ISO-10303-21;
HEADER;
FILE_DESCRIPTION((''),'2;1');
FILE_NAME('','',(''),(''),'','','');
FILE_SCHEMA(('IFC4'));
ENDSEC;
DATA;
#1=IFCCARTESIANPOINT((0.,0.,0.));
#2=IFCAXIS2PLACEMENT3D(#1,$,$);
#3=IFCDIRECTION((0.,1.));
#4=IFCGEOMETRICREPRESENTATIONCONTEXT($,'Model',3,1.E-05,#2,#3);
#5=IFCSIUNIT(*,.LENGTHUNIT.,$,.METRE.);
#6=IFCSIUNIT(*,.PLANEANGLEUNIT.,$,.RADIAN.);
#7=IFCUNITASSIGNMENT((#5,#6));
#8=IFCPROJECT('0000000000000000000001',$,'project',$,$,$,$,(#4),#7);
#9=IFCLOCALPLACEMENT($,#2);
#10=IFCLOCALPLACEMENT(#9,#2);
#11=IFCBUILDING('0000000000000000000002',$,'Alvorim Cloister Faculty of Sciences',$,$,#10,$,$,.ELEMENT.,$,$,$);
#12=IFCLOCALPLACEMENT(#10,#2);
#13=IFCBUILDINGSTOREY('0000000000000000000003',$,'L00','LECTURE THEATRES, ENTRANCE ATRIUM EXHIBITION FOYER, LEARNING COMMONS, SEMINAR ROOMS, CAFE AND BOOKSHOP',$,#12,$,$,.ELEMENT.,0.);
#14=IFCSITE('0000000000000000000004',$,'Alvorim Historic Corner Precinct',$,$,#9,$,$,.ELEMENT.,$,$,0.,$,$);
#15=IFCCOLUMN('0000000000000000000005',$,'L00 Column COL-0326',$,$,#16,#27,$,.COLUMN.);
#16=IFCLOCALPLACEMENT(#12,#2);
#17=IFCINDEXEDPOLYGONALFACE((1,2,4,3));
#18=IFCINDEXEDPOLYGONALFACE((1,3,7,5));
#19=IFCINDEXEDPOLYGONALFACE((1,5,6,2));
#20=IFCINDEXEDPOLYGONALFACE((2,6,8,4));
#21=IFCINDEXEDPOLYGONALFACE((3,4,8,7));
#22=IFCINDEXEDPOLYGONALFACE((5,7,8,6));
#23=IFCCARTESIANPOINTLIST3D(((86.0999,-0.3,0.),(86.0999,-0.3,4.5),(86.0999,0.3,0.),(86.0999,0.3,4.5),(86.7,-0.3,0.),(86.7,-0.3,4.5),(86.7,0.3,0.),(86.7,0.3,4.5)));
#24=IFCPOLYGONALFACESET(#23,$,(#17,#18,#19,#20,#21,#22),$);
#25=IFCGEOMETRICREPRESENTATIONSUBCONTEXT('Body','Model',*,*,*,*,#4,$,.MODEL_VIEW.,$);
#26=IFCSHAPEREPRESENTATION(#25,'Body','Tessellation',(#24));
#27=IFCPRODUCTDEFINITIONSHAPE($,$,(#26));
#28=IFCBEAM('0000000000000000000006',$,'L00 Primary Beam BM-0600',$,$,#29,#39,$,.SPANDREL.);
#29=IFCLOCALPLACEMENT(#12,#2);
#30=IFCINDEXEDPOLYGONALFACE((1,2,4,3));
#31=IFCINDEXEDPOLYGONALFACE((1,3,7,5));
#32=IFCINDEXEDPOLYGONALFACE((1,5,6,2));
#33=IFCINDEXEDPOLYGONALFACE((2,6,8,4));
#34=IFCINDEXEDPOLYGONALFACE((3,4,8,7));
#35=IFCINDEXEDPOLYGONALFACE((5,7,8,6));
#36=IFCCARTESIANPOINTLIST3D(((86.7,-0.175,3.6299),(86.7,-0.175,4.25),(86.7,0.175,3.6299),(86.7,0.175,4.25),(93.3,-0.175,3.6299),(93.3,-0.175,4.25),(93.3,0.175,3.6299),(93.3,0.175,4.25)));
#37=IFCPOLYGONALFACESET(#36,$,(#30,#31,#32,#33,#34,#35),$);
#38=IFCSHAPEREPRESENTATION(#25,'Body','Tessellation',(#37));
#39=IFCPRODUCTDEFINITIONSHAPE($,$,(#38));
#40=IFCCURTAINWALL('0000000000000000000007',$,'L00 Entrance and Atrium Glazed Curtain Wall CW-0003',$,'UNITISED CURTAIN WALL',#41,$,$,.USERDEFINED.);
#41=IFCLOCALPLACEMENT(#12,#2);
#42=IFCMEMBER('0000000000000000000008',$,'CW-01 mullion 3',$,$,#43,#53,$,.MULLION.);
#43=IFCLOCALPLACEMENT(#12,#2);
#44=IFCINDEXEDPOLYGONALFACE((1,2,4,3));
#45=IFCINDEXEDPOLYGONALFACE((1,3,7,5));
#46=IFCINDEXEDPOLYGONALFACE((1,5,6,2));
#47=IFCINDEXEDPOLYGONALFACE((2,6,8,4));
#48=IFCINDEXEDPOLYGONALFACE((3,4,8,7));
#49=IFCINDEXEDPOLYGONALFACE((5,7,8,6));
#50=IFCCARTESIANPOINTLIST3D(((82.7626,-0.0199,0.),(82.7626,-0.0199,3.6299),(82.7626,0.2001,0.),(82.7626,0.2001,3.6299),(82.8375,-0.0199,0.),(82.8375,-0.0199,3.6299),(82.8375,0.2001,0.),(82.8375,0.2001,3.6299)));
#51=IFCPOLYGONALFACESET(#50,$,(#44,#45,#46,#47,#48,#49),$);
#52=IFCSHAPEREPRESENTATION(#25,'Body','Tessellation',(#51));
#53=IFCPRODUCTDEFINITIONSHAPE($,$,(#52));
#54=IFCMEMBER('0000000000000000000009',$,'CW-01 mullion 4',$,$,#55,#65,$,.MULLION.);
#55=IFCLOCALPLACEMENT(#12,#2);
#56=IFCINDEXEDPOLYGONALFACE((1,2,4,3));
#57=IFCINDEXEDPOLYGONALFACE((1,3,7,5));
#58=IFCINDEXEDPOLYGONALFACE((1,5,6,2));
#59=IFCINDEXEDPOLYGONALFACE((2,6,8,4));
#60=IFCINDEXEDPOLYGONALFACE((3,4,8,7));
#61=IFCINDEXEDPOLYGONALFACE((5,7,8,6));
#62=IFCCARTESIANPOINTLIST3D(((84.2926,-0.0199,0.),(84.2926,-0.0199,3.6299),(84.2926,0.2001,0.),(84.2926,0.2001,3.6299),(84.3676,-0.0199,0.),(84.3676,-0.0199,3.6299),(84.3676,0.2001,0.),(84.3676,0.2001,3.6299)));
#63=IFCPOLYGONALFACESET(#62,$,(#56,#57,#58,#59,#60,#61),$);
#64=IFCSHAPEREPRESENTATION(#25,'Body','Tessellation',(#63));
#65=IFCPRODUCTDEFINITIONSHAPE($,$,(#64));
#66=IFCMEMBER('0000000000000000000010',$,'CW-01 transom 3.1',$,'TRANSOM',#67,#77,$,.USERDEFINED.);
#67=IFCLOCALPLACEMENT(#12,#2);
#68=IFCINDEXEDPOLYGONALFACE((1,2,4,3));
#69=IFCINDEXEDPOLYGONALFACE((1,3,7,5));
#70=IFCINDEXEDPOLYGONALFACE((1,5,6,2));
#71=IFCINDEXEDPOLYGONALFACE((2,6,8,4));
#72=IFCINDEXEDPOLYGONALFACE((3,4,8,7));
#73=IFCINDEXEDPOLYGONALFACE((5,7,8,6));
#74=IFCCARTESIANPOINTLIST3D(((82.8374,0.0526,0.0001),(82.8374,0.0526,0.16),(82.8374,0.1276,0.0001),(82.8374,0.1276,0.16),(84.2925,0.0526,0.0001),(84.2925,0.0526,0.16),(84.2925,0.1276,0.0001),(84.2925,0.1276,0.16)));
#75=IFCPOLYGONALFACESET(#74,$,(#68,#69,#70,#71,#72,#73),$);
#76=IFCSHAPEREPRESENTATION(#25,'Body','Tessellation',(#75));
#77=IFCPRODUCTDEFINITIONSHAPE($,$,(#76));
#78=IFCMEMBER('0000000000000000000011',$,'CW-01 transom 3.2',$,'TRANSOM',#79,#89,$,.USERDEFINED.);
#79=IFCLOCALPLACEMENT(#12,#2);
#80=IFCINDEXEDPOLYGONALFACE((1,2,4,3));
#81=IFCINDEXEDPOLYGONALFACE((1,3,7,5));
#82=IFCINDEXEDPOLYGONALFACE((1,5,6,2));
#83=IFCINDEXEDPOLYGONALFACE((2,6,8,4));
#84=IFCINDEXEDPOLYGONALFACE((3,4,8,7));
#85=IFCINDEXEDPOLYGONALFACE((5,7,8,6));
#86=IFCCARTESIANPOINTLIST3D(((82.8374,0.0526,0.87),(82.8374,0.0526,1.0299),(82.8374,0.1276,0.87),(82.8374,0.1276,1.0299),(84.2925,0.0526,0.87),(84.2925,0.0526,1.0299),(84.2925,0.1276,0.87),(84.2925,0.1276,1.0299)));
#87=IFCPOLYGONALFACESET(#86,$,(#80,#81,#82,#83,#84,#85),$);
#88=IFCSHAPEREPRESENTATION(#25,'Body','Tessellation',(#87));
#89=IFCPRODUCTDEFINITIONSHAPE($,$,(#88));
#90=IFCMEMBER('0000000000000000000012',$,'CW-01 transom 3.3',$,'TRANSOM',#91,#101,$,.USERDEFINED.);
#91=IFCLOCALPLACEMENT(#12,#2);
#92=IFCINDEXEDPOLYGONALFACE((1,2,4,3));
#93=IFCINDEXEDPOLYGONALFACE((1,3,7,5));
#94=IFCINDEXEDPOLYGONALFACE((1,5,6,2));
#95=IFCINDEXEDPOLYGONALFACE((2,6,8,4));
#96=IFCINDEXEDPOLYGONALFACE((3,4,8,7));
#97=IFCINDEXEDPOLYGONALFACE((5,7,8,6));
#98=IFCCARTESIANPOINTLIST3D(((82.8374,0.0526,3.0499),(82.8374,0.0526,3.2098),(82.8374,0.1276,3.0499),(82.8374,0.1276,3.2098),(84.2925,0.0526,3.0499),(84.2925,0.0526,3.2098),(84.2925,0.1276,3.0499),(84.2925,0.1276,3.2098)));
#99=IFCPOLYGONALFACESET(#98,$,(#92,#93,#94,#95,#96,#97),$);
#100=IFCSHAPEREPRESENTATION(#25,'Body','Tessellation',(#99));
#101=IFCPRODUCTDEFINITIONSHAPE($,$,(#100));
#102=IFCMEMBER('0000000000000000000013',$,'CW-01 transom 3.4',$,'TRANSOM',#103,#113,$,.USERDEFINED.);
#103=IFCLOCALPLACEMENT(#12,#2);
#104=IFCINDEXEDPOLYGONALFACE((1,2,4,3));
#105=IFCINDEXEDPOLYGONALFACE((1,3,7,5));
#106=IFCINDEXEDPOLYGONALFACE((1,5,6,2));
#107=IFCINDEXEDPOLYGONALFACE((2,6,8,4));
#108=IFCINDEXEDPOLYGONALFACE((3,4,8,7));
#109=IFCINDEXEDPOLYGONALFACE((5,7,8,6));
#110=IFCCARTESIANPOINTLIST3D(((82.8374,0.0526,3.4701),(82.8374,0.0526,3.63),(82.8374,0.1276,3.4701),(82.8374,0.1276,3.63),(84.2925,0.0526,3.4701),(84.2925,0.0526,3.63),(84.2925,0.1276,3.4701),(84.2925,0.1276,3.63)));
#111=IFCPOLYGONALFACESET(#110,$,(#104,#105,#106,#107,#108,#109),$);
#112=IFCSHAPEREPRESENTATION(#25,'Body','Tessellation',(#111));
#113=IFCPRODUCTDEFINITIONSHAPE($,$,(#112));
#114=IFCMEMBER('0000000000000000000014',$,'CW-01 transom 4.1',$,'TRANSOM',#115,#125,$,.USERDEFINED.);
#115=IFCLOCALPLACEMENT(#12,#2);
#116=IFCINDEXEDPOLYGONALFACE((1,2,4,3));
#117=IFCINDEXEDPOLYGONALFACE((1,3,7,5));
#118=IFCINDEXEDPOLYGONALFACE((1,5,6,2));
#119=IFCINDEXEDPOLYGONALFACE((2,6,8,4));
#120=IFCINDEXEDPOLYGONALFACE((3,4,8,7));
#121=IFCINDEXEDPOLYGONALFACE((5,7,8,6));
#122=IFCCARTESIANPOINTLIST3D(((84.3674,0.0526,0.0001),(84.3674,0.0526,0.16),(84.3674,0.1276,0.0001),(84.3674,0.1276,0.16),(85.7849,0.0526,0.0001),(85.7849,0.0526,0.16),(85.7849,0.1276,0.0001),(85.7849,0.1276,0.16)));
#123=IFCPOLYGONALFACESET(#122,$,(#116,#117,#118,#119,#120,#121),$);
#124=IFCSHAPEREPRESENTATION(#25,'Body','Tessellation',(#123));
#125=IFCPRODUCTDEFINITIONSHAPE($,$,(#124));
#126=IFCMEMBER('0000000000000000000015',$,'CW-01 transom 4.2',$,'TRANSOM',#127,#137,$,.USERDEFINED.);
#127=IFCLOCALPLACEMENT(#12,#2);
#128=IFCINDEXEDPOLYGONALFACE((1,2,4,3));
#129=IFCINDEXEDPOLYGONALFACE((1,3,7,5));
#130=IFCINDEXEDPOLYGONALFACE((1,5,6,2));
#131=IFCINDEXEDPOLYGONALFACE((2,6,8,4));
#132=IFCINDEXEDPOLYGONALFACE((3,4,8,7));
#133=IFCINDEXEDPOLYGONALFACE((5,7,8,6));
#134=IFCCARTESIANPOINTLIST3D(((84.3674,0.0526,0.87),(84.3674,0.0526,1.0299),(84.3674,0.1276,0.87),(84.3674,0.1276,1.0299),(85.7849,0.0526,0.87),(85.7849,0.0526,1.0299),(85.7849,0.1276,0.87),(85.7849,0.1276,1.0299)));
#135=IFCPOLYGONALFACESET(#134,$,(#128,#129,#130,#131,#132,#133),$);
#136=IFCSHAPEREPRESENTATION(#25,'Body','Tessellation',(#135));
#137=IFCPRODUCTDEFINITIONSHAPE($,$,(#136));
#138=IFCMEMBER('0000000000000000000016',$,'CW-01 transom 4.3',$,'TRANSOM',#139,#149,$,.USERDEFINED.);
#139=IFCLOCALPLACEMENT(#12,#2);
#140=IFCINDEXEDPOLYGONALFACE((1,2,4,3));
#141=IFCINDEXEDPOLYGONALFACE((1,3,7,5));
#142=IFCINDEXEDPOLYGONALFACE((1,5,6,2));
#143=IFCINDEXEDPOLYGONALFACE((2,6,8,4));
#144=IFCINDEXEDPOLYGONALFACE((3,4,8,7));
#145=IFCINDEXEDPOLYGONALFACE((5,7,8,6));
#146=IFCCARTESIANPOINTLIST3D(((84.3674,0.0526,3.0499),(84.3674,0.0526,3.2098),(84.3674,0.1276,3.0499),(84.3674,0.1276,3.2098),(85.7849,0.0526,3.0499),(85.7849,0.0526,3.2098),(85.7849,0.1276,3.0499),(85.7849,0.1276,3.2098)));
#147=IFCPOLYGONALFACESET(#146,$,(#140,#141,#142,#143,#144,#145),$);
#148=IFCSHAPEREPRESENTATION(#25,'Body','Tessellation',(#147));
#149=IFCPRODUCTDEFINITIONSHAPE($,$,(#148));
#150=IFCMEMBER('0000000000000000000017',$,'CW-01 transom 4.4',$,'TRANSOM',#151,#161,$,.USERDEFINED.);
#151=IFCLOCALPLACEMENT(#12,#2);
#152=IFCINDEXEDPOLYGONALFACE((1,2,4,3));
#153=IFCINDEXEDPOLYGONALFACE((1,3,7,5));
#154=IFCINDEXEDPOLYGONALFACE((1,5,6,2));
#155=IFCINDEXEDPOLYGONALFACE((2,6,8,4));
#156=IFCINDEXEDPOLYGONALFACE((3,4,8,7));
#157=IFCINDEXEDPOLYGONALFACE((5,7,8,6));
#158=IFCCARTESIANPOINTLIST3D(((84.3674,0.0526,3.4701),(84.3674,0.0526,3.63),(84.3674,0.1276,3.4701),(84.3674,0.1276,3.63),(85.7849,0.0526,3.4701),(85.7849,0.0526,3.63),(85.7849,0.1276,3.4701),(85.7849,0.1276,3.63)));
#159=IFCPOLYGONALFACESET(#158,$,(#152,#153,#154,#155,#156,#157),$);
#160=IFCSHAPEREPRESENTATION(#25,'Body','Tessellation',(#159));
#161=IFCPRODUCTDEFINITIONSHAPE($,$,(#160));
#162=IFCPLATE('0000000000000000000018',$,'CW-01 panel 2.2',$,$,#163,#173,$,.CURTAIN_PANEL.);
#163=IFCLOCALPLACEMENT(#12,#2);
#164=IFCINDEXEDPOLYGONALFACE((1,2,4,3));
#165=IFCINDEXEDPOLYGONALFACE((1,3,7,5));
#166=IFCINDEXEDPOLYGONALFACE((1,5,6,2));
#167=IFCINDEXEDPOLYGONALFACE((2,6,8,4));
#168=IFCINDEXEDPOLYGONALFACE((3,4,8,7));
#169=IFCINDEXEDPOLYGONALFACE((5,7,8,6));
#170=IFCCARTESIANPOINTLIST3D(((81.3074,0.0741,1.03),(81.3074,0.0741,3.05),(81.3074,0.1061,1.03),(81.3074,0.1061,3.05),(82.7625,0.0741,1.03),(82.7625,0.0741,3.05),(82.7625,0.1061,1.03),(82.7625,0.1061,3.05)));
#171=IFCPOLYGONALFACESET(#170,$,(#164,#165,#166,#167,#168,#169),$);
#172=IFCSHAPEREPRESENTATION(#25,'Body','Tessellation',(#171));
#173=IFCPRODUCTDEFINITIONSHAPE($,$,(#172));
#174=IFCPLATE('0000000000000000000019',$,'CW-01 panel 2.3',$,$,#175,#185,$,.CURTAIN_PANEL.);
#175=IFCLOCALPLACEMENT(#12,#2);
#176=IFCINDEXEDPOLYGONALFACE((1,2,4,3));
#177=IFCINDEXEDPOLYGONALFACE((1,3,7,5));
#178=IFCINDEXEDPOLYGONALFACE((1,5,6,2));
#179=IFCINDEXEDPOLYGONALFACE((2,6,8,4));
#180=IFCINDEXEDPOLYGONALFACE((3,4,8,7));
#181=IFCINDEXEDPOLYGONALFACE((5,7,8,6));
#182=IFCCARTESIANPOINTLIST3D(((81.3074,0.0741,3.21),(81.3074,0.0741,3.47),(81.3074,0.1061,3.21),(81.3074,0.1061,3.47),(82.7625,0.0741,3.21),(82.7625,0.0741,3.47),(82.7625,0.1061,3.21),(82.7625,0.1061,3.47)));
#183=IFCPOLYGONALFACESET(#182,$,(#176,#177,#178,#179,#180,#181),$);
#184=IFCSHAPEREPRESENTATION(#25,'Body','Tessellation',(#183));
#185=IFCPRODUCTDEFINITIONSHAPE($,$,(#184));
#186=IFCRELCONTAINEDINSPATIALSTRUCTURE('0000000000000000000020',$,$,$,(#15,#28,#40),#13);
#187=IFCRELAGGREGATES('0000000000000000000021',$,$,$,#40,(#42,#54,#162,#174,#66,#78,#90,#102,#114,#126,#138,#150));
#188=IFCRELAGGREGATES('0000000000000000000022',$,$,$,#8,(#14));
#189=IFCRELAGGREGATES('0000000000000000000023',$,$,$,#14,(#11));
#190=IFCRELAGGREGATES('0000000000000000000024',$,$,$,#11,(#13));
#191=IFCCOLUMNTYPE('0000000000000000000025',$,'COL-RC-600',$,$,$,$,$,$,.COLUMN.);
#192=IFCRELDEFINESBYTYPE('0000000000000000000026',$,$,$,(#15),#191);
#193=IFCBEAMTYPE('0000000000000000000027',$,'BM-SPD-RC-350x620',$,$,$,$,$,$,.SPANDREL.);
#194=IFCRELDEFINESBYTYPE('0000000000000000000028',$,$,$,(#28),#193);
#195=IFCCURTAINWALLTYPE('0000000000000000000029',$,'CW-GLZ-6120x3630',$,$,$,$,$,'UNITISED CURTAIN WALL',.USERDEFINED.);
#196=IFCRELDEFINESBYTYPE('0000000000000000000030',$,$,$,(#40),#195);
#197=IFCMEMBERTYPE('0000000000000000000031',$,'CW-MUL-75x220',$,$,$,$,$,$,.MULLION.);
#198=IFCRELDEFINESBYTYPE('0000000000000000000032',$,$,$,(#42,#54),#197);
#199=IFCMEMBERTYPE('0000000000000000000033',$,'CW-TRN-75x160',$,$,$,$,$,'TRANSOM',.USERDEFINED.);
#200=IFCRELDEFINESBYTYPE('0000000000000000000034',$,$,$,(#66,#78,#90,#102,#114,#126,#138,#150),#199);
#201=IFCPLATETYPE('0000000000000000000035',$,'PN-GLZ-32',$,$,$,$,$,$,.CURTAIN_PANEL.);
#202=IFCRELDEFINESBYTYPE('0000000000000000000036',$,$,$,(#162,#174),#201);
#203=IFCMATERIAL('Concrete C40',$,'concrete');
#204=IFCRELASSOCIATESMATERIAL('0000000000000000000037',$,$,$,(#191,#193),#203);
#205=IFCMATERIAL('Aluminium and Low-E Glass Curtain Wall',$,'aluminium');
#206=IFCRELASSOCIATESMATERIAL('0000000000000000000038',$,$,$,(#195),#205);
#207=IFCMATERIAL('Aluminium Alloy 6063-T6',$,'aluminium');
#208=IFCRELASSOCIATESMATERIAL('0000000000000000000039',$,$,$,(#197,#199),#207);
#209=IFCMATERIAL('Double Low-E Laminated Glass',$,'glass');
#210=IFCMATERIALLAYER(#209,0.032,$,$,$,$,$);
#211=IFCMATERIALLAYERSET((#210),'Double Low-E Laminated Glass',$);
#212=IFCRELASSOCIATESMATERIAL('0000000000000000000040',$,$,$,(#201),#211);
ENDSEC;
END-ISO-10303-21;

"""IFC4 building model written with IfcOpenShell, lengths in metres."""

from ifc_helpers import new_model, si_unit, direction, frame, origin, origin_2d, place, context, subcontext, project, spatial, rectangle, extrude, material, layer, layer_set, material_profile, profile_set, type_object, element, aggregate, save


model = new_model("IFC4")

# Units and contexts
model_context = context("Model", 3, precision=1e-05, world=origin(), true_north=direction((0.0, 1.0)))
body_context = subcontext(model_context, "Body", "Model", "MODEL_VIEW")
ifc_project = project(units=[si_unit("LENGTHUNIT", "METRE"), si_unit("PLANEANGLEUNIT", "RADIAN")], contexts=[model_context])

# Site, building, storey
site_placement = place(None, origin())
site = spatial("IfcSite", under=ifc_project, at=site_placement, Name="Alvorim Historic Corner Precinct", CompositionType="ELEMENT", RefElevation=0.0)
building_placement = place(site_placement, origin())
building = spatial("IfcBuilding", under=site, at=building_placement, Name="Alvorim Cloister Faculty of Sciences", CompositionType="ELEMENT")
storey_placement = place(building_placement, origin())
storey = spatial("IfcBuildingStorey", under=building, at=storey_placement, Name="L00", Description="LECTURE THEATRES, ENTRANCE ATRIUM EXHIBITION FOYER, LEARNING COMMONS, SEMINAR ROOMS, CAFE AND BOOKSHOP", CompositionType="ELEMENT", Elevation=0.0)

# Column
ifc_material_1 = material(Name="Concrete C40", Category="concrete")
ifc_material_profile_1 = material_profile(ifc_material_1, rectangle(XDim=0.6001, YDim=0.6001, at=origin_2d()), Name="RC40-COL-600x600")
ifc_profile_set_1 = profile_set([ifc_material_profile_1], Name="Concrete C40")
column_type = type_object("IfcColumnType", Name="COL-RC-600", PredefinedType="COLUMN", material=ifc_profile_set_1)
column_placement = place(storey_placement, frame((86.3999, 0.0, 0.0), z_axis=(0.0, 0.0, 1.0), x_axis=(1.0, 0.0, 0.0)))
element("IfcColumn", 1, at=column_placement, inside=storey, type_object=column_type, Name="L00 Column COL-0326", PredefinedType="COLUMN", context=body_context, shape_type="SweptSolid", body=[
    extrude(rectangle(XDim=0.6001, YDim=0.6001, at=origin_2d()), origin(), (0.0, 0.0, 1.0), 4.5),
])

# Beam
ifc_material_profile_2 = material_profile(ifc_material_1, rectangle(XDim=0.3501, YDim=0.6201, at=origin_2d()), Name="RC40-SPD-350x620")
ifc_profile_set_2 = profile_set([ifc_material_profile_2], Name="Concrete C40")
beam_type = type_object("IfcBeamType", Name="BM-SPD-RC-350x620", PredefinedType="SPANDREL", material=ifc_profile_set_2)
beam_placement = place(storey_placement, frame((86.7, 0.0, 3.9399), z_axis=(1.0, 0.0, 0.0), x_axis=(0.0, 1.0, 0.0)))
element("IfcBeam", 2, at=beam_placement, inside=storey, type_object=beam_type, Name="L00 Primary Beam BM-0600", PredefinedType="SPANDREL", context=body_context, shape_type="SweptSolid", body=[
    extrude(rectangle(XDim=0.3501, YDim=0.6201, at=origin_2d()), origin(), (0.0, 0.0, 1.0), 6.6001),
])

# Curtain wall, members, plates
ifc_material_2 = material(Name="Aluminium and Low-E Glass Curtain Wall", Category="aluminium")
curtain_wall_type = type_object("IfcCurtainWallType", Name="CW-GLZ-6120x3630", ElementType="UNITISED CURTAIN WALL", PredefinedType="USERDEFINED", material=ifc_material_2)
curtain_wall_placement = place(storey_placement, origin())
curtain_wall = element("IfcCurtainWall", 3, at=curtain_wall_placement, inside=storey, type_object=curtain_wall_type, Name="L00 Entrance and Atrium Glazed Curtain Wall CW-0003", ObjectType="UNITISED CURTAIN WALL", PredefinedType="USERDEFINED")
ifc_material_3 = material(Name="Aluminium Alloy 6063-T6", Category="aluminium")
ifc_material_profile_3 = material_profile(ifc_material_3, rectangle(XDim=0.075, YDim=0.22, at=origin_2d()), Name="ALU-MUL-75x220")
ifc_profile_set_3 = profile_set([ifc_material_profile_3], Name="Aluminium Alloy 6063-T6")
member_type_1 = type_object("IfcMemberType", Name="CW-MUL-75x220", PredefinedType="MULLION", material=ifc_profile_set_3)
member_1_placement = place(storey_placement, frame((82.8, 0.0901, 0.0), z_axis=(0.0, 0.0, 1.0), x_axis=(1.0, 0.0, 0.0)))
member_1 = element("IfcMember", 4, at=member_1_placement, type_object=member_type_1, Name="CW-01 mullion 3", PredefinedType="MULLION", context=body_context, shape_type="SweptSolid", body=[
    extrude(rectangle(XDim=0.075, YDim=0.22, at=origin_2d()), origin(), (0.0, 0.0, 1.0), 3.6299),
])
member_2_placement = place(storey_placement, frame((84.3301, 0.0901, 0.0), z_axis=(0.0, 0.0, 1.0), x_axis=(1.0, 0.0, 0.0)))
member_2 = element("IfcMember", 5, at=member_2_placement, type_object=member_type_1, Name="CW-01 mullion 4", PredefinedType="MULLION", context=body_context, shape_type="SweptSolid", body=[
    extrude(rectangle(XDim=0.075, YDim=0.22, at=origin_2d()), origin(), (0.0, 0.0, 1.0), 3.6299),
])
ifc_material_profile_4 = material_profile(ifc_material_3, rectangle(XDim=0.075, YDim=0.1599, at=origin_2d()), Name="ALU-TRN-75x160")
ifc_profile_set_4 = profile_set([ifc_material_profile_4], Name="Aluminium Alloy 6063-T6")
member_type_2 = type_object("IfcMemberType", Name="CW-TRN-75x160", ElementType="TRANSOM", PredefinedType="USERDEFINED", material=ifc_profile_set_4)
member_3_placement = place(storey_placement, frame((82.8374, 0.0901, 0.0801), z_axis=(1.0, 0.0, 0.0), x_axis=(0.0, 1.0, 0.0)))
member_3 = element("IfcMember", 6, at=member_3_placement, type_object=member_type_2, Name="CW-01 transom 3.1", ObjectType="TRANSOM", PredefinedType="USERDEFINED", context=body_context, shape_type="SweptSolid", body=[
    extrude(rectangle(XDim=0.075, YDim=0.1599, at=origin_2d()), origin(), (0.0, 0.0, 1.0), 1.4551),
])
member_4_placement = place(storey_placement, frame((82.8374, 0.0901, 0.95), z_axis=(1.0, 0.0, 0.0), x_axis=(0.0, 1.0, 0.0)))
member_4 = element("IfcMember", 7, at=member_4_placement, type_object=member_type_2, Name="CW-01 transom 3.2", ObjectType="TRANSOM", PredefinedType="USERDEFINED", context=body_context, shape_type="SweptSolid", body=[
    extrude(rectangle(XDim=0.075, YDim=0.1599, at=origin_2d()), origin(), (0.0, 0.0, 1.0), 1.4551),
])
member_5_placement = place(storey_placement, frame((82.8374, 0.0901, 3.1299), z_axis=(1.0, 0.0, 0.0), x_axis=(0.0, 1.0, 0.0)))
member_5 = element("IfcMember", 8, at=member_5_placement, type_object=member_type_2, Name="CW-01 transom 3.3", ObjectType="TRANSOM", PredefinedType="USERDEFINED", context=body_context, shape_type="SweptSolid", body=[
    extrude(rectangle(XDim=0.075, YDim=0.1599, at=origin_2d()), origin(), (0.0, 0.0, 1.0), 1.4551),
])
member_6_placement = place(storey_placement, frame((82.8374, 0.0901, 3.55), z_axis=(1.0, 0.0, 0.0), x_axis=(0.0, 1.0, 0.0)))
member_6 = element("IfcMember", 9, at=member_6_placement, type_object=member_type_2, Name="CW-01 transom 3.4", ObjectType="TRANSOM", PredefinedType="USERDEFINED", context=body_context, shape_type="SweptSolid", body=[
    extrude(rectangle(XDim=0.075, YDim=0.1599, at=origin_2d()), origin(), (0.0, 0.0, 1.0), 1.4551),
])
member_7_placement = place(storey_placement, frame((84.3674, 0.0901, 0.0801), z_axis=(1.0, 0.0, 0.0), x_axis=(0.0, 1.0, 0.0)))
member_7 = element("IfcMember", 10, at=member_7_placement, type_object=member_type_2, Name="CW-01 transom 4.1", ObjectType="TRANSOM", PredefinedType="USERDEFINED", context=body_context, shape_type="SweptSolid", body=[
    extrude(rectangle(XDim=0.075, YDim=0.1599, at=origin_2d()), origin(), (0.0, 0.0, 1.0), 1.4175),
])
member_8_placement = place(storey_placement, frame((84.3674, 0.0901, 0.95), z_axis=(1.0, 0.0, 0.0), x_axis=(0.0, 1.0, 0.0)))
member_8 = element("IfcMember", 11, at=member_8_placement, type_object=member_type_2, Name="CW-01 transom 4.2", ObjectType="TRANSOM", PredefinedType="USERDEFINED", context=body_context, shape_type="SweptSolid", body=[
    extrude(rectangle(XDim=0.075, YDim=0.1599, at=origin_2d()), origin(), (0.0, 0.0, 1.0), 1.4175),
])
member_9_placement = place(storey_placement, frame((84.3674, 0.0901, 3.1299), z_axis=(1.0, 0.0, 0.0), x_axis=(0.0, 1.0, 0.0)))
member_9 = element("IfcMember", 12, at=member_9_placement, type_object=member_type_2, Name="CW-01 transom 4.3", ObjectType="TRANSOM", PredefinedType="USERDEFINED", context=body_context, shape_type="SweptSolid", body=[
    extrude(rectangle(XDim=0.075, YDim=0.1599, at=origin_2d()), origin(), (0.0, 0.0, 1.0), 1.4175),
])
member_10_placement = place(storey_placement, frame((84.3674, 0.0901, 3.55), z_axis=(1.0, 0.0, 0.0), x_axis=(0.0, 1.0, 0.0)))
member_10 = element("IfcMember", 13, at=member_10_placement, type_object=member_type_2, Name="CW-01 transom 4.4", ObjectType="TRANSOM", PredefinedType="USERDEFINED", context=body_context, shape_type="SweptSolid", body=[
    extrude(rectangle(XDim=0.075, YDim=0.1599, at=origin_2d()), origin(), (0.0, 0.0, 1.0), 1.4175),
])
ifc_material_4 = material(Name="Double Low-E Laminated Glass", Category="glass")
ifc_layer = layer(ifc_material_4, 0.032)
ifc_layer_set = layer_set([ifc_layer], Name="Double Low-E Laminated Glass")
plate_type = type_object("IfcPlateType", Name="PN-GLZ-32", PredefinedType="CURTAIN_PANEL", material=ifc_layer_set)
plate_1_placement = place(storey_placement, frame((82.0349, 0.0901, 1.03), z_axis=(0.0, 0.0, 1.0), x_axis=(1.0, 0.0, 0.0)))
plate_1 = element("IfcPlate", 14, at=plate_1_placement, type_object=plate_type, Name="CW-01 panel 2.2", PredefinedType="CURTAIN_PANEL", context=body_context, shape_type="SweptSolid", body=[
    extrude(rectangle(XDim=1.4551, YDim=0.032, at=origin_2d()), origin(), (0.0, 0.0, 1.0), 2.02),
])
plate_2_placement = place(storey_placement, frame((82.0349, 0.0901, 3.21), z_axis=(0.0, 0.0, 1.0), x_axis=(1.0, 0.0, 0.0)))
plate_2 = element("IfcPlate", 15, at=plate_2_placement, type_object=plate_type, Name="CW-01 panel 2.3", PredefinedType="CURTAIN_PANEL", context=body_context, shape_type="SweptSolid", body=[
    extrude(rectangle(XDim=1.4551, YDim=0.032, at=origin_2d()), origin(), (0.0, 0.0, 1.0), 0.26),
])
aggregate(curtain_wall, [member_1, member_2, plate_1, plate_2, member_3, member_4, member_5, member_6, member_7, member_8, member_9, member_10])

save(model, "model.ifc")
